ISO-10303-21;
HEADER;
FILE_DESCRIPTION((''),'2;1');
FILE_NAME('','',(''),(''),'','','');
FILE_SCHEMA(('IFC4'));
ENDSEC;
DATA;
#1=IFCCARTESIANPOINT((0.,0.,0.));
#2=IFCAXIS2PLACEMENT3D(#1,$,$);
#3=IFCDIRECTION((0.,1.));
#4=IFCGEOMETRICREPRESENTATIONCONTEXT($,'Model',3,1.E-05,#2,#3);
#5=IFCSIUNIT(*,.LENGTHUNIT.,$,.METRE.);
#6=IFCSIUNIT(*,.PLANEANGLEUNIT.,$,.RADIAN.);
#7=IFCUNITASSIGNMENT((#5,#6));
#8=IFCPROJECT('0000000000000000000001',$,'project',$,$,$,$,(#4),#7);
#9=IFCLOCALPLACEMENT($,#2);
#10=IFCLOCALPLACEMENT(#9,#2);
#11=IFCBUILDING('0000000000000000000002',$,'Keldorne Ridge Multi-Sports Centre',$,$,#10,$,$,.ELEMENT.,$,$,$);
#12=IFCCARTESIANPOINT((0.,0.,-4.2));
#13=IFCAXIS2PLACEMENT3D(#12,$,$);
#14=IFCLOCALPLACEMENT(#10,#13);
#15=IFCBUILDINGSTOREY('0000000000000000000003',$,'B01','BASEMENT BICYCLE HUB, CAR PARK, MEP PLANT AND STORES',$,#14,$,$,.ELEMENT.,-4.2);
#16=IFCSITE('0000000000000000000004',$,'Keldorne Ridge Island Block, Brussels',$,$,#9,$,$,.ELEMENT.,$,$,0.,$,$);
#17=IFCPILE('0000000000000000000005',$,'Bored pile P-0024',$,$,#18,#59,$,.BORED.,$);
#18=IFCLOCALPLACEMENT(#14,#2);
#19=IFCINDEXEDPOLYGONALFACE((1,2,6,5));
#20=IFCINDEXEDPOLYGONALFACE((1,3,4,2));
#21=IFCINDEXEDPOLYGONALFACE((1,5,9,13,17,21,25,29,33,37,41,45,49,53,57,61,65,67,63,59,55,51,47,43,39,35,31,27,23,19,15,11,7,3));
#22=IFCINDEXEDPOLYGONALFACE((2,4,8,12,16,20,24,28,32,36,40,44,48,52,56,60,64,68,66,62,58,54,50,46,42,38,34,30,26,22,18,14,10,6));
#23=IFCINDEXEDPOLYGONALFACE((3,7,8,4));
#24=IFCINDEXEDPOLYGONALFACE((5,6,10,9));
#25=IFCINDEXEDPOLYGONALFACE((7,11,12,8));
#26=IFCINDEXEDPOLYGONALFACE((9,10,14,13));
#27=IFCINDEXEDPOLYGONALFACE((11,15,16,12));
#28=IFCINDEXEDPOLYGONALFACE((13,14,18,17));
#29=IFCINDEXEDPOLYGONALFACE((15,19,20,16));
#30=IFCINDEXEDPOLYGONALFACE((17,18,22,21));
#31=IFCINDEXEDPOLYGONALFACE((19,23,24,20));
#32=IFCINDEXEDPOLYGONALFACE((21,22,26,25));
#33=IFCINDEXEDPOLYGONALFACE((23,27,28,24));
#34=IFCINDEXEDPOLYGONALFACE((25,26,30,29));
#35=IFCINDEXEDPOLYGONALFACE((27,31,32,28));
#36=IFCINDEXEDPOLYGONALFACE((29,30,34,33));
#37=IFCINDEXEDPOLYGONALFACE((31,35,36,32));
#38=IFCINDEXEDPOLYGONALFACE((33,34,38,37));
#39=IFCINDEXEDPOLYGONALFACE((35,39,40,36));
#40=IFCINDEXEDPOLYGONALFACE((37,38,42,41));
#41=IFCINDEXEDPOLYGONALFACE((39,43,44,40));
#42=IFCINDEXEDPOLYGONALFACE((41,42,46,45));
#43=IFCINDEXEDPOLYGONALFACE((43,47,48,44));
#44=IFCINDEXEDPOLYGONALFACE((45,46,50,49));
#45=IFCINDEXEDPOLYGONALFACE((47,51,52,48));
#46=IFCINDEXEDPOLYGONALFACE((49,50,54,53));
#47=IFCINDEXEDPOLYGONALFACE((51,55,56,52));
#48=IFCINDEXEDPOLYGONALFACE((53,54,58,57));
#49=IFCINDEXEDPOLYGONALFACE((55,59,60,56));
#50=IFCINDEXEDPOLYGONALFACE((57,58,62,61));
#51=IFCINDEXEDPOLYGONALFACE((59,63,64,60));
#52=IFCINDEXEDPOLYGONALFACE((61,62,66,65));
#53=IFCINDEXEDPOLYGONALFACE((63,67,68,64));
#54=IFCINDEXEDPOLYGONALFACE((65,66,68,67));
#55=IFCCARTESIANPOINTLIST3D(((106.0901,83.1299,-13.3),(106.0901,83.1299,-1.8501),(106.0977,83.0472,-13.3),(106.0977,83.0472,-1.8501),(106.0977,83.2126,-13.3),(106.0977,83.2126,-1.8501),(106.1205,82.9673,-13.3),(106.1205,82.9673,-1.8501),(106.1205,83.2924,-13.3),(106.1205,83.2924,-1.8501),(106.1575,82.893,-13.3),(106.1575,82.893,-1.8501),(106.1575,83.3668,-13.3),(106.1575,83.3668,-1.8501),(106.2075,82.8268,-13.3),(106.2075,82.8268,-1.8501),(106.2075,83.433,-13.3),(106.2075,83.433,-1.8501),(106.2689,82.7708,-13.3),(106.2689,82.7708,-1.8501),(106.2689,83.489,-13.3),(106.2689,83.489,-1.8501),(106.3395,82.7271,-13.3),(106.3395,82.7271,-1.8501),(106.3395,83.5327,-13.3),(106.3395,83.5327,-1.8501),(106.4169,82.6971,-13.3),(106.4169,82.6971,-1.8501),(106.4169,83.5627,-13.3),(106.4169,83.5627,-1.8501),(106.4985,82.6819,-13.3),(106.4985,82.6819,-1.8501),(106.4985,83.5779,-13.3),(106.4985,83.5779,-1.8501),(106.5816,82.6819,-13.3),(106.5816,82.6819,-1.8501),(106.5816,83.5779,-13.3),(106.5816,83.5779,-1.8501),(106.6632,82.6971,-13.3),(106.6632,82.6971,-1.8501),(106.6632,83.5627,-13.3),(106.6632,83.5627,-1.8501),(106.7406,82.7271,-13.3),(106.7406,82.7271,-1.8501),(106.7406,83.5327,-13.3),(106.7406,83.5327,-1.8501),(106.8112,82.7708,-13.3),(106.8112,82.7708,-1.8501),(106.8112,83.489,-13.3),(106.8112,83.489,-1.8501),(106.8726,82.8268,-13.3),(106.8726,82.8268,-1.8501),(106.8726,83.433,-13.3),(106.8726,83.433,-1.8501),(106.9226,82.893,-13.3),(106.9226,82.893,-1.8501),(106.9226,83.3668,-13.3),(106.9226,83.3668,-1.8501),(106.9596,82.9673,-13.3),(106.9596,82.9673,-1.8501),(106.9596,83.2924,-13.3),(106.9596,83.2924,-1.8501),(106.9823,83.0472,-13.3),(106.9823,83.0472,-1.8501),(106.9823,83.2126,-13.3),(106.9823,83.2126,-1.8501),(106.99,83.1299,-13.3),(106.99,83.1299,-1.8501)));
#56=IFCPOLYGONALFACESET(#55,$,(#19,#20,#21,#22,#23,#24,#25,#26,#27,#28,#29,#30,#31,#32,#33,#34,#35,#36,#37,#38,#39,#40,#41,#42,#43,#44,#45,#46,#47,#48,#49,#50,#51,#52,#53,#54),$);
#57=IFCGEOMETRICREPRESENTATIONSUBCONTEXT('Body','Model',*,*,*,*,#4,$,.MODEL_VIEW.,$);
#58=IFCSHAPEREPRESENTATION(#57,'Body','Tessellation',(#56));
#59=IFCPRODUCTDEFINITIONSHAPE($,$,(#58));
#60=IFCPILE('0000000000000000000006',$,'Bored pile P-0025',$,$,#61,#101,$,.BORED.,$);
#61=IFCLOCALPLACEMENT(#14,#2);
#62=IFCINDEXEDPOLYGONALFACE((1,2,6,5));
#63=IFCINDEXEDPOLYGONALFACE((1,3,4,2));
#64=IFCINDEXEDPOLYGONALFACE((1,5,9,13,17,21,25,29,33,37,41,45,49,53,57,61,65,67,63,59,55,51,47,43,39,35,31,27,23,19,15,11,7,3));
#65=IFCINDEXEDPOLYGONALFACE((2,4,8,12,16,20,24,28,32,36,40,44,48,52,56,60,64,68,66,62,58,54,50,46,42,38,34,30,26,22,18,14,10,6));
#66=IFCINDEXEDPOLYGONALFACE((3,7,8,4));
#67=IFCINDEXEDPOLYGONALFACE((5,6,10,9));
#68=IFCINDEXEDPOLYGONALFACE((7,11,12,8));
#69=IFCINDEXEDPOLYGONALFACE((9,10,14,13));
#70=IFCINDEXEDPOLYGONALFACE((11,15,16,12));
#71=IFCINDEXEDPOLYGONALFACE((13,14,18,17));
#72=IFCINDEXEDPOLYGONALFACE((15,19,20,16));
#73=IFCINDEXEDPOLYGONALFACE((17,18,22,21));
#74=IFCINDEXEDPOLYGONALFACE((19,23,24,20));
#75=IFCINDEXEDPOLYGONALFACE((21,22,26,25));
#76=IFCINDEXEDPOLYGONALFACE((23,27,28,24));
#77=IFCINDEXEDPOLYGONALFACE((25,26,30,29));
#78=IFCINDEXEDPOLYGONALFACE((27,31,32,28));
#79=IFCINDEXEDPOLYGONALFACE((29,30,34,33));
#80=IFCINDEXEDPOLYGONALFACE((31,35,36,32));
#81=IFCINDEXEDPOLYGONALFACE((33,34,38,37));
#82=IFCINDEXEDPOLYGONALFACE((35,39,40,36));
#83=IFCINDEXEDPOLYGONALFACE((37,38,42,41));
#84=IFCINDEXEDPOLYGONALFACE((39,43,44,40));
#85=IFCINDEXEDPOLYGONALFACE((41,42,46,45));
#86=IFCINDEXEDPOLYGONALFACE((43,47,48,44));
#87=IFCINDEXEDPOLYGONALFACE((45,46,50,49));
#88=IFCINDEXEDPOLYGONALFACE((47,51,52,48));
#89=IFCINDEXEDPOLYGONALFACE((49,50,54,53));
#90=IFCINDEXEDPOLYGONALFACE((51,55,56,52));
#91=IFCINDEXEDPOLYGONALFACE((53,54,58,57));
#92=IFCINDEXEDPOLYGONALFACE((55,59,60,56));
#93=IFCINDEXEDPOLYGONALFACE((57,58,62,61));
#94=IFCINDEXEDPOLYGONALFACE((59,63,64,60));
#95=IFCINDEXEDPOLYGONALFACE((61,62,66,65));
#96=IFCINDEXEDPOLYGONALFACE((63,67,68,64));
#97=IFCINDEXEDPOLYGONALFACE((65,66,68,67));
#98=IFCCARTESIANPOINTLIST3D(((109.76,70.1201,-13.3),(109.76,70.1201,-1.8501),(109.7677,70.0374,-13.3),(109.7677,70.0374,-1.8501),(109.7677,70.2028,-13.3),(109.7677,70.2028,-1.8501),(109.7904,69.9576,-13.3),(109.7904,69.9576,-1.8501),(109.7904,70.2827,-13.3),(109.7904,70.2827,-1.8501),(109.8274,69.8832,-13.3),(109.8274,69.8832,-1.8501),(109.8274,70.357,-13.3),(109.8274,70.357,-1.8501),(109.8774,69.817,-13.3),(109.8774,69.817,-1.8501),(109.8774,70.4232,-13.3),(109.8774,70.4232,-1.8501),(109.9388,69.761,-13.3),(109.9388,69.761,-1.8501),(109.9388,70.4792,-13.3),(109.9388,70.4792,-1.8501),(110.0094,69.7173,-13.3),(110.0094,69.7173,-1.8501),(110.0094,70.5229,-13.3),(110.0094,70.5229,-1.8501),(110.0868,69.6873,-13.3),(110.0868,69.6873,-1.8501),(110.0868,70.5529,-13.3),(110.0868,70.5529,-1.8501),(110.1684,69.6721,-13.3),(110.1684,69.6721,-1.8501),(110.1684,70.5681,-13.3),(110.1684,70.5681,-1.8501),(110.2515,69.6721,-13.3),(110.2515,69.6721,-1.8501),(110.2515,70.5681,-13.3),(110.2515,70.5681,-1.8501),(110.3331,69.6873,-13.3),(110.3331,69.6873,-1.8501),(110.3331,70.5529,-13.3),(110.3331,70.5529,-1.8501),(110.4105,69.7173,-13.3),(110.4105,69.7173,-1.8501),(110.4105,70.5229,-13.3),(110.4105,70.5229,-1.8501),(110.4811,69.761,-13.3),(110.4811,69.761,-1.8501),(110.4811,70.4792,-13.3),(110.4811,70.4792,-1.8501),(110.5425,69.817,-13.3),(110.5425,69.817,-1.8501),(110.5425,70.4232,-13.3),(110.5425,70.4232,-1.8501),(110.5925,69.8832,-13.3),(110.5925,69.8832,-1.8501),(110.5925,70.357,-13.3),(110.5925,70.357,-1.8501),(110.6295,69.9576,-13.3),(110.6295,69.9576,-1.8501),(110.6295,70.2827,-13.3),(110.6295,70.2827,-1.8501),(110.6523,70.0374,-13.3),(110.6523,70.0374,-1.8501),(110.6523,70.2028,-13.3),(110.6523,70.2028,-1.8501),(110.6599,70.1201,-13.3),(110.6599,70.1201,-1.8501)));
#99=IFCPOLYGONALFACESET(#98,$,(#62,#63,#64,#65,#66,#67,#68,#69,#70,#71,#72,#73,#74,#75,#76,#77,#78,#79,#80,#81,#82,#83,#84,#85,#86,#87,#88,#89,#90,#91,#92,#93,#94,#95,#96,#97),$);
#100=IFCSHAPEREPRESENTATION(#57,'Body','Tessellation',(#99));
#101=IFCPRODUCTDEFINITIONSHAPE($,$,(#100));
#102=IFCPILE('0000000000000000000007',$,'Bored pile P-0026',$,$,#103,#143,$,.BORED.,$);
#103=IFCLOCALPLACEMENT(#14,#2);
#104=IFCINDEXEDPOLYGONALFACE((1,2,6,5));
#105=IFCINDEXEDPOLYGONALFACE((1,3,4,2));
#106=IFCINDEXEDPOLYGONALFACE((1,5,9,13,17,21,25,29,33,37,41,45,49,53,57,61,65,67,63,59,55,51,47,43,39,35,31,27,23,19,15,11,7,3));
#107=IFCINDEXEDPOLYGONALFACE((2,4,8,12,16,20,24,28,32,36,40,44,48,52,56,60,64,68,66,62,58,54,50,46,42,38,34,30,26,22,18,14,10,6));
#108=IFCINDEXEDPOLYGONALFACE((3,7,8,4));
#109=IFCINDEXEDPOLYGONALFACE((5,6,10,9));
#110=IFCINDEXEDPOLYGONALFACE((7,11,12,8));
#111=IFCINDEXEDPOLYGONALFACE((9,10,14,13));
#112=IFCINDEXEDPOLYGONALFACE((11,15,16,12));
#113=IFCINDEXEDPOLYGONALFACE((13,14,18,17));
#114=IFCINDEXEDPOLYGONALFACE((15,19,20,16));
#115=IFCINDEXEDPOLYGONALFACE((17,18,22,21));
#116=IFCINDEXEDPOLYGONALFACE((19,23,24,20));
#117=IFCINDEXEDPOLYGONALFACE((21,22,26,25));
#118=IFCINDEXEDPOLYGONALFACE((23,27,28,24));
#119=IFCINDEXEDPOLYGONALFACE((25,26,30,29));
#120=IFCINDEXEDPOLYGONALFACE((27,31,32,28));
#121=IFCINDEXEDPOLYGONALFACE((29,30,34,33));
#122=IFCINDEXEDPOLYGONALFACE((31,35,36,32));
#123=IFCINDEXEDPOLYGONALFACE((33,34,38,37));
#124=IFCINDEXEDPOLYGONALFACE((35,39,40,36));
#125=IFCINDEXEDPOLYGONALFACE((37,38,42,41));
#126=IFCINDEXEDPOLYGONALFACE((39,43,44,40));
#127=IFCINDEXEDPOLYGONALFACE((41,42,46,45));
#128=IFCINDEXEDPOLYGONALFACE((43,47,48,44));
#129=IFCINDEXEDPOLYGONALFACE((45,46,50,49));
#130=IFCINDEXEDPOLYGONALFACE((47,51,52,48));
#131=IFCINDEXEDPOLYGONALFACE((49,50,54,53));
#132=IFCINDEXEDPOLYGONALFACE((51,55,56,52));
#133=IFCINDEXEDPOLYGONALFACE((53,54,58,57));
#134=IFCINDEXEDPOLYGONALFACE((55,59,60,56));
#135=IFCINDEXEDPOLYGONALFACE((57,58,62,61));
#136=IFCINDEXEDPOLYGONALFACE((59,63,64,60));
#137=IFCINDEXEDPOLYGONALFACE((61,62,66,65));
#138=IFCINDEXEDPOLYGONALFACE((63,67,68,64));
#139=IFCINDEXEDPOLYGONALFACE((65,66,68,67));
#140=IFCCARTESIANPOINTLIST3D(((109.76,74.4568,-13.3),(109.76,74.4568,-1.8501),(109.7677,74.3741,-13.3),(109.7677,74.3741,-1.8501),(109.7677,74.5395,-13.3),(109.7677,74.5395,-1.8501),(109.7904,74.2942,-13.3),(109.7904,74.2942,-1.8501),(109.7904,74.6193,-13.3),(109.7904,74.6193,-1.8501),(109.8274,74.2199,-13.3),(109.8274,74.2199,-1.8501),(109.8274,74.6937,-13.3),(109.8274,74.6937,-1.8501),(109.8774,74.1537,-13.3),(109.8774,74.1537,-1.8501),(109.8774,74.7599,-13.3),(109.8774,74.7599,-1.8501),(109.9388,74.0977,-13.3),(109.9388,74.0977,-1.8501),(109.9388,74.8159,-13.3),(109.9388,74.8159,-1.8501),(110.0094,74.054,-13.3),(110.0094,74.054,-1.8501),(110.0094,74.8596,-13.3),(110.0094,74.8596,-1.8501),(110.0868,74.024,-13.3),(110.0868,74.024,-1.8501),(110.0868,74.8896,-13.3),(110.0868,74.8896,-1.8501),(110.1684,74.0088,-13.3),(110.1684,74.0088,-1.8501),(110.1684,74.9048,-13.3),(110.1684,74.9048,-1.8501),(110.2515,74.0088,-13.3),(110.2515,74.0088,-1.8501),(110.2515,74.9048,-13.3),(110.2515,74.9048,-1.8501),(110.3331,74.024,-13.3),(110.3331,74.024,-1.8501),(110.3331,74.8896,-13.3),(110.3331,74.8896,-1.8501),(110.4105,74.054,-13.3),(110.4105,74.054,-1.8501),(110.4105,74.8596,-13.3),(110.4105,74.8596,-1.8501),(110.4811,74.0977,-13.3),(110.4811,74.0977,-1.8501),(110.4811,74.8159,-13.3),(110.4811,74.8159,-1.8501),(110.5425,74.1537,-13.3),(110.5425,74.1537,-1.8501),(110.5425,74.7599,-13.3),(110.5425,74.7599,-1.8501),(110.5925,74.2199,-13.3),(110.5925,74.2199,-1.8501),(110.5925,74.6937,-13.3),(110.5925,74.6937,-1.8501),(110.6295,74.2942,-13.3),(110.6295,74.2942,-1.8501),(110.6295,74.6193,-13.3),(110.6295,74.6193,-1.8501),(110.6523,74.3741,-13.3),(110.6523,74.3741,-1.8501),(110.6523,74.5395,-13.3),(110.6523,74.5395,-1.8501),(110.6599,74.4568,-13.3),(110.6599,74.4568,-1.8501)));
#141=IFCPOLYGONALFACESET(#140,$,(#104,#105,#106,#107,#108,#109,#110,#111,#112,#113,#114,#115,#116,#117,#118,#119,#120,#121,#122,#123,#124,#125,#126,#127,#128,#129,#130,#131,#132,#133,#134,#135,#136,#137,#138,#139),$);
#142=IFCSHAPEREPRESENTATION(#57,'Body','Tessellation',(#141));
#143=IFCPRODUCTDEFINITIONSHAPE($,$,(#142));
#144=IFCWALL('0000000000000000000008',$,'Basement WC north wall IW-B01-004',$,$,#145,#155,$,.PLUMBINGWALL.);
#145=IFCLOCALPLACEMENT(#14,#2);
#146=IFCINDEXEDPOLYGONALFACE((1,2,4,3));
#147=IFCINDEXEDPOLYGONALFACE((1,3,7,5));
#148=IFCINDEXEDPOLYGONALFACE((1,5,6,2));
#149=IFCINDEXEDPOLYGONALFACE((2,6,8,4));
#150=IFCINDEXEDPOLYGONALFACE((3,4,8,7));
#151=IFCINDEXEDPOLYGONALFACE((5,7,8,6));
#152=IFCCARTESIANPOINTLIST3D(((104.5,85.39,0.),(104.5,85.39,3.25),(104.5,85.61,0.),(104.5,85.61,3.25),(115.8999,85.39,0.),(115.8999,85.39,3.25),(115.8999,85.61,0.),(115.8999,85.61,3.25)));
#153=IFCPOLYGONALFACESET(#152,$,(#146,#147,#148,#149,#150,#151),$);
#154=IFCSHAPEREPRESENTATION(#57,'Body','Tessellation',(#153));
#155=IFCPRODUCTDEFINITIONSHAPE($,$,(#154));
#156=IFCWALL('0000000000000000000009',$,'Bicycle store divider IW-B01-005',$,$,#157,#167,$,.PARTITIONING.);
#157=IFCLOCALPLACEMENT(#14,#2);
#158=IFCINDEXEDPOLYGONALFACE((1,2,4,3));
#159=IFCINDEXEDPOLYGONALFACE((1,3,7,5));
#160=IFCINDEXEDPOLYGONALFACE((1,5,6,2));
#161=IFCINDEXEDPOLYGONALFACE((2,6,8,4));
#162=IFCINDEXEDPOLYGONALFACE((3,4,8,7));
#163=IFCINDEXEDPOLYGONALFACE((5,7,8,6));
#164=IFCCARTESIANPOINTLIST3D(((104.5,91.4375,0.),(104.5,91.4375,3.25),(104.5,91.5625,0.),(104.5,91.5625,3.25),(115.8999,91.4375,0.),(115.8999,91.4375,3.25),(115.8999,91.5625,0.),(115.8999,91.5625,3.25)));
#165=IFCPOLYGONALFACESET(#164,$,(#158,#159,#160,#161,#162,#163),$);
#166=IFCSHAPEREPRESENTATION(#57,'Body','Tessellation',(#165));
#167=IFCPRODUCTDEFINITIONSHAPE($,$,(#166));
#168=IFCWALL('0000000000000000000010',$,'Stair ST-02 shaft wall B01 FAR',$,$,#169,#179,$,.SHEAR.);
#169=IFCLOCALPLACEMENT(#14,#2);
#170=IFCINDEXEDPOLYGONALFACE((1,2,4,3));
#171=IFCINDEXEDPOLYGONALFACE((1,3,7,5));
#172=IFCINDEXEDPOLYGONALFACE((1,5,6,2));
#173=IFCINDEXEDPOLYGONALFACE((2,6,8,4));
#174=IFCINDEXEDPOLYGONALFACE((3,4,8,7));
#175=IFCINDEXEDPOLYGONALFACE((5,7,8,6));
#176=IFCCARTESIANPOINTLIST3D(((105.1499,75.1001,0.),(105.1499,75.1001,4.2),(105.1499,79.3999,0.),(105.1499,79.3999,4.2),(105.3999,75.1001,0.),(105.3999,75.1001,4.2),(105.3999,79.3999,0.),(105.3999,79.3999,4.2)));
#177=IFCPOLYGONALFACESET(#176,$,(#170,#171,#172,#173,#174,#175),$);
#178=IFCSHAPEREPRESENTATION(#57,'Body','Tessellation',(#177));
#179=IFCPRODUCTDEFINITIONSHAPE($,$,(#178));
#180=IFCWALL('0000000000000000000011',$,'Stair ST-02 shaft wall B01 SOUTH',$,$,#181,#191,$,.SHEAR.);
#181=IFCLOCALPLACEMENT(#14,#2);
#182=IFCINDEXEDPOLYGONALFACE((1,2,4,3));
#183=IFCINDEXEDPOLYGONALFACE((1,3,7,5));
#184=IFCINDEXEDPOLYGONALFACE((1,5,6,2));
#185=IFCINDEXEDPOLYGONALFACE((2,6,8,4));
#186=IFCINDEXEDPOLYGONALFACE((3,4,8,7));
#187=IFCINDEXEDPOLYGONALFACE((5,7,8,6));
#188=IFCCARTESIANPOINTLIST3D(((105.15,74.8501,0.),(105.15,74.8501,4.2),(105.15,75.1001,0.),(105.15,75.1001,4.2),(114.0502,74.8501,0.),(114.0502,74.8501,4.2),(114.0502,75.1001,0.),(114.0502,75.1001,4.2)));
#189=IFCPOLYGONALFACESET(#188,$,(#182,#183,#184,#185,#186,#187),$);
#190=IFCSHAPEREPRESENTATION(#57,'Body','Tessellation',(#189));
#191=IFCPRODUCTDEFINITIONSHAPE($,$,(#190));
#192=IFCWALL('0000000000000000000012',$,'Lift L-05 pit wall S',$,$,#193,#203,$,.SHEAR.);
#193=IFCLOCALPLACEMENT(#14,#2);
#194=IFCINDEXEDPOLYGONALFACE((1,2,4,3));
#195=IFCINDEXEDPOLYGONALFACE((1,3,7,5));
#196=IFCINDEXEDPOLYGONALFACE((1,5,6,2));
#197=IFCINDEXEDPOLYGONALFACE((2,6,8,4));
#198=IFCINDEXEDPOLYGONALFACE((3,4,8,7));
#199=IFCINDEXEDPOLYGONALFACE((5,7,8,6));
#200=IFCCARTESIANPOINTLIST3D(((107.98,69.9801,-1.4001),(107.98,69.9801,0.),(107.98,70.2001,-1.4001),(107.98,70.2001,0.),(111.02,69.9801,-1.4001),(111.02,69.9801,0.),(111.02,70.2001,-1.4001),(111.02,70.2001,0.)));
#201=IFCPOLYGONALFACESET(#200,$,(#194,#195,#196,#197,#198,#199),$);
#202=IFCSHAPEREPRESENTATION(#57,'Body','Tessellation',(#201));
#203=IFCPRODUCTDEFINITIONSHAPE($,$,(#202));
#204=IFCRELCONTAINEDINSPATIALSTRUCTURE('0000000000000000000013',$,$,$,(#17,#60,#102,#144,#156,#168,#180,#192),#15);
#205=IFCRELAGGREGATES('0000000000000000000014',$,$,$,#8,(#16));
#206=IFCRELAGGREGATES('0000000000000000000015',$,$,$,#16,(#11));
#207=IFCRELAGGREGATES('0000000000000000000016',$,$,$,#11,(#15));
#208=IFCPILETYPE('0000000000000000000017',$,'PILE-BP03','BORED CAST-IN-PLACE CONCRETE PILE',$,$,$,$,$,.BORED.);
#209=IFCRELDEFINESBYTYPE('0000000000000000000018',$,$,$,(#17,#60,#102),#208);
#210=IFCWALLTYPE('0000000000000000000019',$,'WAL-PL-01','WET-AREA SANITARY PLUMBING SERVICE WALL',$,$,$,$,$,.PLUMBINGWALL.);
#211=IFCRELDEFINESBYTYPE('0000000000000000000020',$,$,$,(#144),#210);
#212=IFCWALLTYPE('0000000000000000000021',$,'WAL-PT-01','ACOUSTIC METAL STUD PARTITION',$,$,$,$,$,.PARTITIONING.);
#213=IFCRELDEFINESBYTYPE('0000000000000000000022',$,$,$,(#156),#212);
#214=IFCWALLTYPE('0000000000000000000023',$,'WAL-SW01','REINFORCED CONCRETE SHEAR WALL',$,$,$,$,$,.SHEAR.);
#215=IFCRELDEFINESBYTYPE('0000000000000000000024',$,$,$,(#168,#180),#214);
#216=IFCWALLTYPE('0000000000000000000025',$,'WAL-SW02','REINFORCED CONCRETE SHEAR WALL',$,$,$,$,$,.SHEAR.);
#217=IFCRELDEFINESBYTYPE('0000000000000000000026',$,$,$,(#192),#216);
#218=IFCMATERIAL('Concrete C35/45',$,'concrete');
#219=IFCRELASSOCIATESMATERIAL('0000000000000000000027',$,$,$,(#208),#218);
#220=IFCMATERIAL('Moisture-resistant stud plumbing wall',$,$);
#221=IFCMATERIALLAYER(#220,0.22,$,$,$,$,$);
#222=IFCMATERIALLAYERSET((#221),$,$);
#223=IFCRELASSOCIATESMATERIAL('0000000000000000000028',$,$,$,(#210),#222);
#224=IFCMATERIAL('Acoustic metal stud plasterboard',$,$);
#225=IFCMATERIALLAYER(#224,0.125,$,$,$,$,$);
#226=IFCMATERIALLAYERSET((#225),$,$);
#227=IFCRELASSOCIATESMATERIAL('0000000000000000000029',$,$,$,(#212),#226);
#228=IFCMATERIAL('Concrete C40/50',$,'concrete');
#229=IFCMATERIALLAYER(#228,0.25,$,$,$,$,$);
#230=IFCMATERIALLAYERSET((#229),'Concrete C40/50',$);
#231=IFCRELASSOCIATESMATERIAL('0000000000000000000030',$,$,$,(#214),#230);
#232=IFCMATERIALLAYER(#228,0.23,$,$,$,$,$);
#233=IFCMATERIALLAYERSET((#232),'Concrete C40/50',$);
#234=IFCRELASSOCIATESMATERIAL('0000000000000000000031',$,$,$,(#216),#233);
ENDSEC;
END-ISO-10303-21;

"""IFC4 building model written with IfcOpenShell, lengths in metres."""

from ifc_helpers import new_model, si_unit, direction, frame, frame_2d, origin, origin_2d, place, context, subcontext, project, spatial, rectangle, circle, extrude, material, layer, layer_set, material_profile, profile_set, type_object, element, save


model = new_model("IFC4")

# Units and contexts
model_context = context("Model", 3, precision=1e-05, world=origin(), true_north=direction((0.0, 1.0)))
body_context = subcontext(model_context, "Body", "Model", "MODEL_VIEW")
ifc_project = project(units=[si_unit("LENGTHUNIT", "METRE"), si_unit("PLANEANGLEUNIT", "RADIAN")], contexts=[model_context])

# Site, building, storey
site_placement = place(None, origin())
site = spatial("IfcSite", under=ifc_project, at=site_placement, Name="Keldorne Ridge Island Block, Brussels", CompositionType="ELEMENT", RefElevation=0.0)
building_placement = place(site_placement, origin())
building = spatial("IfcBuilding", under=site, at=building_placement, Name="Keldorne Ridge Multi-Sports Centre", CompositionType="ELEMENT")
storey_placement = place(building_placement, frame((0.0, 0.0, -4.2)))
storey = spatial("IfcBuildingStorey", under=building, at=storey_placement, Name="B01", Description="BASEMENT BICYCLE HUB, CAR PARK, MEP PLANT AND STORES", CompositionType="ELEMENT", Elevation=-4.2)

# Shared definitions
ifc_material_1 = material(Name="Concrete C35/45", Category="concrete")

# Piles
ifc_material_profile_1 = material_profile(ifc_material_1, circle(Radius=0.45, at=origin_2d()), Name="BORED PILE D900")
ifc_profile_set_1 = profile_set([ifc_material_profile_1], Name="Concrete C35/45")
pile_type = type_object("IfcPileType", Name="PILE-BP03", Description="BORED CAST-IN-PLACE CONCRETE PILE", PredefinedType="BORED", material=ifc_profile_set_1)
for number, where, z_axis, x_axis, name in (
    (1, (106.54, 83.1299, -1.8501), (0.0, 0.0, -1.0), (1.0, 0.0, 0.0), "Bored pile P-0024"),
    (2, (110.21, 70.1201, -1.8501), (0.0, 0.0, -1.0), (1.0, 0.0, 0.0), "Bored pile P-0025"),
    (3, (110.21, 74.4568, -1.8501), (0.0, 0.0, -1.0), (1.0, 0.0, 0.0), "Bored pile P-0026"),
):
    element("IfcPile", number, at=place(storey_placement, frame(where, z_axis=z_axis, x_axis=x_axis)), inside=storey, type_object=pile_type, Name=name, PredefinedType="BORED", context=body_context, shape_type="SweptSolid", body=[
        extrude(circle(Radius=0.45, at=origin_2d()), origin(), (0.0, 0.0, 1.0), 11.45),
    ])

# Walls
ifc_material_2 = material(Name="Moisture-resistant stud plumbing wall")
ifc_layer_1 = layer(ifc_material_2, 0.22)
ifc_layer_set_1 = layer_set([ifc_layer_1])
wall_type_1 = type_object("IfcWallType", Name="WAL-PL-01", Description="WET-AREA SANITARY PLUMBING SERVICE WALL", PredefinedType="PLUMBINGWALL", material=ifc_layer_set_1)
wall_1_placement = place(storey_placement, frame((104.5, 85.5, 0.0), z_axis=(0.0, 0.0, 1.0), x_axis=(1.0, 0.0, 0.0)))
element("IfcWall", 4, at=wall_1_placement, inside=storey, type_object=wall_type_1, Name="Basement WC north wall IW-B01-004", PredefinedType="PLUMBINGWALL", context=body_context, shape_type="SweptSolid", body=[
    extrude(rectangle(XDim=11.3999, YDim=0.22, at=frame_2d((5.7, 0.0))), origin(), (0.0, 0.0, 1.0), 3.25),
])
ifc_material_3 = material(Name="Acoustic metal stud plasterboard")
ifc_layer_2 = layer(ifc_material_3, 0.125)
ifc_layer_set_2 = layer_set([ifc_layer_2])
wall_type_2 = type_object("IfcWallType", Name="WAL-PT-01", Description="ACOUSTIC METAL STUD PARTITION", PredefinedType="PARTITIONING", material=ifc_layer_set_2)
wall_2_placement = place(storey_placement, frame((104.5, 91.5, 0.0), z_axis=(0.0, 0.0, 1.0), x_axis=(1.0, 0.0, 0.0)))
element("IfcWall", 5, at=wall_2_placement, inside=storey, type_object=wall_type_2, Name="Bicycle store divider IW-B01-005", PredefinedType="PARTITIONING", context=body_context, shape_type="SweptSolid", body=[
    extrude(rectangle(XDim=11.3999, YDim=0.125, at=frame_2d((5.7, 0.0))), origin(), (0.0, 0.0, 1.0), 3.25),
])
ifc_material_4 = material(Name="Concrete C40/50", Category="concrete")
ifc_layer_3 = layer(ifc_material_4, 0.25)
ifc_layer_set_3 = layer_set([ifc_layer_3], Name="Concrete C40/50")
wall_type_3 = type_object("IfcWallType", Name="WAL-SW01", Description="REINFORCED CONCRETE SHEAR WALL", PredefinedType="SHEAR", material=ifc_layer_set_3)
wall_3_placement = place(storey_placement, frame((105.2749, 79.3999, 0.0), z_axis=(0.0, 0.0, 1.0), x_axis=(0.0, -1.0, 0.0)))
element("IfcWall", 6, at=wall_3_placement, inside=storey, type_object=wall_type_3, Name="Stair ST-02 shaft wall B01 FAR", PredefinedType="SHEAR", context=body_context, shape_type="SweptSolid", body=[
    extrude(rectangle(XDim=4.2998, YDim=0.25, at=frame_2d((2.1499, 0.0))), origin(), (0.0, 0.0, 1.0), 4.2),
])
wall_4_placement = place(storey_placement, frame((105.1499, 74.9751, 0.0), z_axis=(0.0, 0.0, 1.0), x_axis=(1.0, 0.0, 0.0)))
element("IfcWall", 7, at=wall_4_placement, inside=storey, type_object=wall_type_3, Name="Stair ST-02 shaft wall B01 SOUTH", PredefinedType="SHEAR", context=body_context, shape_type="SweptSolid", body=[
    extrude(rectangle(XDim=8.9001, YDim=0.25, at=frame_2d((4.4502, 0.0))), origin(), (0.0, 0.0, 1.0), 4.2),
])
ifc_layer_4 = layer(ifc_material_4, 0.23)
ifc_layer_set_4 = layer_set([ifc_layer_4], Name="Concrete C40/50")
wall_type_4 = type_object("IfcWallType", Name="WAL-SW02", Description="REINFORCED CONCRETE SHEAR WALL", PredefinedType="SHEAR", material=ifc_layer_set_4)
wall_5_placement = place(storey_placement, frame((107.98, 70.0901, -1.4001), z_axis=(0.0, 0.0, 1.0), x_axis=(1.0, 0.0, 0.0)))
element("IfcWall", 8, at=wall_5_placement, inside=storey, type_object=wall_type_4, Name="Lift L-05 pit wall S", PredefinedType="SHEAR", context=body_context, shape_type="SweptSolid", body=[
    extrude(rectangle(XDim=3.04, YDim=0.22, at=frame_2d((1.52, 0.0))), origin(), (0.0, 0.0, 1.0), 1.4001),
])

save(model, "model.ifc")
